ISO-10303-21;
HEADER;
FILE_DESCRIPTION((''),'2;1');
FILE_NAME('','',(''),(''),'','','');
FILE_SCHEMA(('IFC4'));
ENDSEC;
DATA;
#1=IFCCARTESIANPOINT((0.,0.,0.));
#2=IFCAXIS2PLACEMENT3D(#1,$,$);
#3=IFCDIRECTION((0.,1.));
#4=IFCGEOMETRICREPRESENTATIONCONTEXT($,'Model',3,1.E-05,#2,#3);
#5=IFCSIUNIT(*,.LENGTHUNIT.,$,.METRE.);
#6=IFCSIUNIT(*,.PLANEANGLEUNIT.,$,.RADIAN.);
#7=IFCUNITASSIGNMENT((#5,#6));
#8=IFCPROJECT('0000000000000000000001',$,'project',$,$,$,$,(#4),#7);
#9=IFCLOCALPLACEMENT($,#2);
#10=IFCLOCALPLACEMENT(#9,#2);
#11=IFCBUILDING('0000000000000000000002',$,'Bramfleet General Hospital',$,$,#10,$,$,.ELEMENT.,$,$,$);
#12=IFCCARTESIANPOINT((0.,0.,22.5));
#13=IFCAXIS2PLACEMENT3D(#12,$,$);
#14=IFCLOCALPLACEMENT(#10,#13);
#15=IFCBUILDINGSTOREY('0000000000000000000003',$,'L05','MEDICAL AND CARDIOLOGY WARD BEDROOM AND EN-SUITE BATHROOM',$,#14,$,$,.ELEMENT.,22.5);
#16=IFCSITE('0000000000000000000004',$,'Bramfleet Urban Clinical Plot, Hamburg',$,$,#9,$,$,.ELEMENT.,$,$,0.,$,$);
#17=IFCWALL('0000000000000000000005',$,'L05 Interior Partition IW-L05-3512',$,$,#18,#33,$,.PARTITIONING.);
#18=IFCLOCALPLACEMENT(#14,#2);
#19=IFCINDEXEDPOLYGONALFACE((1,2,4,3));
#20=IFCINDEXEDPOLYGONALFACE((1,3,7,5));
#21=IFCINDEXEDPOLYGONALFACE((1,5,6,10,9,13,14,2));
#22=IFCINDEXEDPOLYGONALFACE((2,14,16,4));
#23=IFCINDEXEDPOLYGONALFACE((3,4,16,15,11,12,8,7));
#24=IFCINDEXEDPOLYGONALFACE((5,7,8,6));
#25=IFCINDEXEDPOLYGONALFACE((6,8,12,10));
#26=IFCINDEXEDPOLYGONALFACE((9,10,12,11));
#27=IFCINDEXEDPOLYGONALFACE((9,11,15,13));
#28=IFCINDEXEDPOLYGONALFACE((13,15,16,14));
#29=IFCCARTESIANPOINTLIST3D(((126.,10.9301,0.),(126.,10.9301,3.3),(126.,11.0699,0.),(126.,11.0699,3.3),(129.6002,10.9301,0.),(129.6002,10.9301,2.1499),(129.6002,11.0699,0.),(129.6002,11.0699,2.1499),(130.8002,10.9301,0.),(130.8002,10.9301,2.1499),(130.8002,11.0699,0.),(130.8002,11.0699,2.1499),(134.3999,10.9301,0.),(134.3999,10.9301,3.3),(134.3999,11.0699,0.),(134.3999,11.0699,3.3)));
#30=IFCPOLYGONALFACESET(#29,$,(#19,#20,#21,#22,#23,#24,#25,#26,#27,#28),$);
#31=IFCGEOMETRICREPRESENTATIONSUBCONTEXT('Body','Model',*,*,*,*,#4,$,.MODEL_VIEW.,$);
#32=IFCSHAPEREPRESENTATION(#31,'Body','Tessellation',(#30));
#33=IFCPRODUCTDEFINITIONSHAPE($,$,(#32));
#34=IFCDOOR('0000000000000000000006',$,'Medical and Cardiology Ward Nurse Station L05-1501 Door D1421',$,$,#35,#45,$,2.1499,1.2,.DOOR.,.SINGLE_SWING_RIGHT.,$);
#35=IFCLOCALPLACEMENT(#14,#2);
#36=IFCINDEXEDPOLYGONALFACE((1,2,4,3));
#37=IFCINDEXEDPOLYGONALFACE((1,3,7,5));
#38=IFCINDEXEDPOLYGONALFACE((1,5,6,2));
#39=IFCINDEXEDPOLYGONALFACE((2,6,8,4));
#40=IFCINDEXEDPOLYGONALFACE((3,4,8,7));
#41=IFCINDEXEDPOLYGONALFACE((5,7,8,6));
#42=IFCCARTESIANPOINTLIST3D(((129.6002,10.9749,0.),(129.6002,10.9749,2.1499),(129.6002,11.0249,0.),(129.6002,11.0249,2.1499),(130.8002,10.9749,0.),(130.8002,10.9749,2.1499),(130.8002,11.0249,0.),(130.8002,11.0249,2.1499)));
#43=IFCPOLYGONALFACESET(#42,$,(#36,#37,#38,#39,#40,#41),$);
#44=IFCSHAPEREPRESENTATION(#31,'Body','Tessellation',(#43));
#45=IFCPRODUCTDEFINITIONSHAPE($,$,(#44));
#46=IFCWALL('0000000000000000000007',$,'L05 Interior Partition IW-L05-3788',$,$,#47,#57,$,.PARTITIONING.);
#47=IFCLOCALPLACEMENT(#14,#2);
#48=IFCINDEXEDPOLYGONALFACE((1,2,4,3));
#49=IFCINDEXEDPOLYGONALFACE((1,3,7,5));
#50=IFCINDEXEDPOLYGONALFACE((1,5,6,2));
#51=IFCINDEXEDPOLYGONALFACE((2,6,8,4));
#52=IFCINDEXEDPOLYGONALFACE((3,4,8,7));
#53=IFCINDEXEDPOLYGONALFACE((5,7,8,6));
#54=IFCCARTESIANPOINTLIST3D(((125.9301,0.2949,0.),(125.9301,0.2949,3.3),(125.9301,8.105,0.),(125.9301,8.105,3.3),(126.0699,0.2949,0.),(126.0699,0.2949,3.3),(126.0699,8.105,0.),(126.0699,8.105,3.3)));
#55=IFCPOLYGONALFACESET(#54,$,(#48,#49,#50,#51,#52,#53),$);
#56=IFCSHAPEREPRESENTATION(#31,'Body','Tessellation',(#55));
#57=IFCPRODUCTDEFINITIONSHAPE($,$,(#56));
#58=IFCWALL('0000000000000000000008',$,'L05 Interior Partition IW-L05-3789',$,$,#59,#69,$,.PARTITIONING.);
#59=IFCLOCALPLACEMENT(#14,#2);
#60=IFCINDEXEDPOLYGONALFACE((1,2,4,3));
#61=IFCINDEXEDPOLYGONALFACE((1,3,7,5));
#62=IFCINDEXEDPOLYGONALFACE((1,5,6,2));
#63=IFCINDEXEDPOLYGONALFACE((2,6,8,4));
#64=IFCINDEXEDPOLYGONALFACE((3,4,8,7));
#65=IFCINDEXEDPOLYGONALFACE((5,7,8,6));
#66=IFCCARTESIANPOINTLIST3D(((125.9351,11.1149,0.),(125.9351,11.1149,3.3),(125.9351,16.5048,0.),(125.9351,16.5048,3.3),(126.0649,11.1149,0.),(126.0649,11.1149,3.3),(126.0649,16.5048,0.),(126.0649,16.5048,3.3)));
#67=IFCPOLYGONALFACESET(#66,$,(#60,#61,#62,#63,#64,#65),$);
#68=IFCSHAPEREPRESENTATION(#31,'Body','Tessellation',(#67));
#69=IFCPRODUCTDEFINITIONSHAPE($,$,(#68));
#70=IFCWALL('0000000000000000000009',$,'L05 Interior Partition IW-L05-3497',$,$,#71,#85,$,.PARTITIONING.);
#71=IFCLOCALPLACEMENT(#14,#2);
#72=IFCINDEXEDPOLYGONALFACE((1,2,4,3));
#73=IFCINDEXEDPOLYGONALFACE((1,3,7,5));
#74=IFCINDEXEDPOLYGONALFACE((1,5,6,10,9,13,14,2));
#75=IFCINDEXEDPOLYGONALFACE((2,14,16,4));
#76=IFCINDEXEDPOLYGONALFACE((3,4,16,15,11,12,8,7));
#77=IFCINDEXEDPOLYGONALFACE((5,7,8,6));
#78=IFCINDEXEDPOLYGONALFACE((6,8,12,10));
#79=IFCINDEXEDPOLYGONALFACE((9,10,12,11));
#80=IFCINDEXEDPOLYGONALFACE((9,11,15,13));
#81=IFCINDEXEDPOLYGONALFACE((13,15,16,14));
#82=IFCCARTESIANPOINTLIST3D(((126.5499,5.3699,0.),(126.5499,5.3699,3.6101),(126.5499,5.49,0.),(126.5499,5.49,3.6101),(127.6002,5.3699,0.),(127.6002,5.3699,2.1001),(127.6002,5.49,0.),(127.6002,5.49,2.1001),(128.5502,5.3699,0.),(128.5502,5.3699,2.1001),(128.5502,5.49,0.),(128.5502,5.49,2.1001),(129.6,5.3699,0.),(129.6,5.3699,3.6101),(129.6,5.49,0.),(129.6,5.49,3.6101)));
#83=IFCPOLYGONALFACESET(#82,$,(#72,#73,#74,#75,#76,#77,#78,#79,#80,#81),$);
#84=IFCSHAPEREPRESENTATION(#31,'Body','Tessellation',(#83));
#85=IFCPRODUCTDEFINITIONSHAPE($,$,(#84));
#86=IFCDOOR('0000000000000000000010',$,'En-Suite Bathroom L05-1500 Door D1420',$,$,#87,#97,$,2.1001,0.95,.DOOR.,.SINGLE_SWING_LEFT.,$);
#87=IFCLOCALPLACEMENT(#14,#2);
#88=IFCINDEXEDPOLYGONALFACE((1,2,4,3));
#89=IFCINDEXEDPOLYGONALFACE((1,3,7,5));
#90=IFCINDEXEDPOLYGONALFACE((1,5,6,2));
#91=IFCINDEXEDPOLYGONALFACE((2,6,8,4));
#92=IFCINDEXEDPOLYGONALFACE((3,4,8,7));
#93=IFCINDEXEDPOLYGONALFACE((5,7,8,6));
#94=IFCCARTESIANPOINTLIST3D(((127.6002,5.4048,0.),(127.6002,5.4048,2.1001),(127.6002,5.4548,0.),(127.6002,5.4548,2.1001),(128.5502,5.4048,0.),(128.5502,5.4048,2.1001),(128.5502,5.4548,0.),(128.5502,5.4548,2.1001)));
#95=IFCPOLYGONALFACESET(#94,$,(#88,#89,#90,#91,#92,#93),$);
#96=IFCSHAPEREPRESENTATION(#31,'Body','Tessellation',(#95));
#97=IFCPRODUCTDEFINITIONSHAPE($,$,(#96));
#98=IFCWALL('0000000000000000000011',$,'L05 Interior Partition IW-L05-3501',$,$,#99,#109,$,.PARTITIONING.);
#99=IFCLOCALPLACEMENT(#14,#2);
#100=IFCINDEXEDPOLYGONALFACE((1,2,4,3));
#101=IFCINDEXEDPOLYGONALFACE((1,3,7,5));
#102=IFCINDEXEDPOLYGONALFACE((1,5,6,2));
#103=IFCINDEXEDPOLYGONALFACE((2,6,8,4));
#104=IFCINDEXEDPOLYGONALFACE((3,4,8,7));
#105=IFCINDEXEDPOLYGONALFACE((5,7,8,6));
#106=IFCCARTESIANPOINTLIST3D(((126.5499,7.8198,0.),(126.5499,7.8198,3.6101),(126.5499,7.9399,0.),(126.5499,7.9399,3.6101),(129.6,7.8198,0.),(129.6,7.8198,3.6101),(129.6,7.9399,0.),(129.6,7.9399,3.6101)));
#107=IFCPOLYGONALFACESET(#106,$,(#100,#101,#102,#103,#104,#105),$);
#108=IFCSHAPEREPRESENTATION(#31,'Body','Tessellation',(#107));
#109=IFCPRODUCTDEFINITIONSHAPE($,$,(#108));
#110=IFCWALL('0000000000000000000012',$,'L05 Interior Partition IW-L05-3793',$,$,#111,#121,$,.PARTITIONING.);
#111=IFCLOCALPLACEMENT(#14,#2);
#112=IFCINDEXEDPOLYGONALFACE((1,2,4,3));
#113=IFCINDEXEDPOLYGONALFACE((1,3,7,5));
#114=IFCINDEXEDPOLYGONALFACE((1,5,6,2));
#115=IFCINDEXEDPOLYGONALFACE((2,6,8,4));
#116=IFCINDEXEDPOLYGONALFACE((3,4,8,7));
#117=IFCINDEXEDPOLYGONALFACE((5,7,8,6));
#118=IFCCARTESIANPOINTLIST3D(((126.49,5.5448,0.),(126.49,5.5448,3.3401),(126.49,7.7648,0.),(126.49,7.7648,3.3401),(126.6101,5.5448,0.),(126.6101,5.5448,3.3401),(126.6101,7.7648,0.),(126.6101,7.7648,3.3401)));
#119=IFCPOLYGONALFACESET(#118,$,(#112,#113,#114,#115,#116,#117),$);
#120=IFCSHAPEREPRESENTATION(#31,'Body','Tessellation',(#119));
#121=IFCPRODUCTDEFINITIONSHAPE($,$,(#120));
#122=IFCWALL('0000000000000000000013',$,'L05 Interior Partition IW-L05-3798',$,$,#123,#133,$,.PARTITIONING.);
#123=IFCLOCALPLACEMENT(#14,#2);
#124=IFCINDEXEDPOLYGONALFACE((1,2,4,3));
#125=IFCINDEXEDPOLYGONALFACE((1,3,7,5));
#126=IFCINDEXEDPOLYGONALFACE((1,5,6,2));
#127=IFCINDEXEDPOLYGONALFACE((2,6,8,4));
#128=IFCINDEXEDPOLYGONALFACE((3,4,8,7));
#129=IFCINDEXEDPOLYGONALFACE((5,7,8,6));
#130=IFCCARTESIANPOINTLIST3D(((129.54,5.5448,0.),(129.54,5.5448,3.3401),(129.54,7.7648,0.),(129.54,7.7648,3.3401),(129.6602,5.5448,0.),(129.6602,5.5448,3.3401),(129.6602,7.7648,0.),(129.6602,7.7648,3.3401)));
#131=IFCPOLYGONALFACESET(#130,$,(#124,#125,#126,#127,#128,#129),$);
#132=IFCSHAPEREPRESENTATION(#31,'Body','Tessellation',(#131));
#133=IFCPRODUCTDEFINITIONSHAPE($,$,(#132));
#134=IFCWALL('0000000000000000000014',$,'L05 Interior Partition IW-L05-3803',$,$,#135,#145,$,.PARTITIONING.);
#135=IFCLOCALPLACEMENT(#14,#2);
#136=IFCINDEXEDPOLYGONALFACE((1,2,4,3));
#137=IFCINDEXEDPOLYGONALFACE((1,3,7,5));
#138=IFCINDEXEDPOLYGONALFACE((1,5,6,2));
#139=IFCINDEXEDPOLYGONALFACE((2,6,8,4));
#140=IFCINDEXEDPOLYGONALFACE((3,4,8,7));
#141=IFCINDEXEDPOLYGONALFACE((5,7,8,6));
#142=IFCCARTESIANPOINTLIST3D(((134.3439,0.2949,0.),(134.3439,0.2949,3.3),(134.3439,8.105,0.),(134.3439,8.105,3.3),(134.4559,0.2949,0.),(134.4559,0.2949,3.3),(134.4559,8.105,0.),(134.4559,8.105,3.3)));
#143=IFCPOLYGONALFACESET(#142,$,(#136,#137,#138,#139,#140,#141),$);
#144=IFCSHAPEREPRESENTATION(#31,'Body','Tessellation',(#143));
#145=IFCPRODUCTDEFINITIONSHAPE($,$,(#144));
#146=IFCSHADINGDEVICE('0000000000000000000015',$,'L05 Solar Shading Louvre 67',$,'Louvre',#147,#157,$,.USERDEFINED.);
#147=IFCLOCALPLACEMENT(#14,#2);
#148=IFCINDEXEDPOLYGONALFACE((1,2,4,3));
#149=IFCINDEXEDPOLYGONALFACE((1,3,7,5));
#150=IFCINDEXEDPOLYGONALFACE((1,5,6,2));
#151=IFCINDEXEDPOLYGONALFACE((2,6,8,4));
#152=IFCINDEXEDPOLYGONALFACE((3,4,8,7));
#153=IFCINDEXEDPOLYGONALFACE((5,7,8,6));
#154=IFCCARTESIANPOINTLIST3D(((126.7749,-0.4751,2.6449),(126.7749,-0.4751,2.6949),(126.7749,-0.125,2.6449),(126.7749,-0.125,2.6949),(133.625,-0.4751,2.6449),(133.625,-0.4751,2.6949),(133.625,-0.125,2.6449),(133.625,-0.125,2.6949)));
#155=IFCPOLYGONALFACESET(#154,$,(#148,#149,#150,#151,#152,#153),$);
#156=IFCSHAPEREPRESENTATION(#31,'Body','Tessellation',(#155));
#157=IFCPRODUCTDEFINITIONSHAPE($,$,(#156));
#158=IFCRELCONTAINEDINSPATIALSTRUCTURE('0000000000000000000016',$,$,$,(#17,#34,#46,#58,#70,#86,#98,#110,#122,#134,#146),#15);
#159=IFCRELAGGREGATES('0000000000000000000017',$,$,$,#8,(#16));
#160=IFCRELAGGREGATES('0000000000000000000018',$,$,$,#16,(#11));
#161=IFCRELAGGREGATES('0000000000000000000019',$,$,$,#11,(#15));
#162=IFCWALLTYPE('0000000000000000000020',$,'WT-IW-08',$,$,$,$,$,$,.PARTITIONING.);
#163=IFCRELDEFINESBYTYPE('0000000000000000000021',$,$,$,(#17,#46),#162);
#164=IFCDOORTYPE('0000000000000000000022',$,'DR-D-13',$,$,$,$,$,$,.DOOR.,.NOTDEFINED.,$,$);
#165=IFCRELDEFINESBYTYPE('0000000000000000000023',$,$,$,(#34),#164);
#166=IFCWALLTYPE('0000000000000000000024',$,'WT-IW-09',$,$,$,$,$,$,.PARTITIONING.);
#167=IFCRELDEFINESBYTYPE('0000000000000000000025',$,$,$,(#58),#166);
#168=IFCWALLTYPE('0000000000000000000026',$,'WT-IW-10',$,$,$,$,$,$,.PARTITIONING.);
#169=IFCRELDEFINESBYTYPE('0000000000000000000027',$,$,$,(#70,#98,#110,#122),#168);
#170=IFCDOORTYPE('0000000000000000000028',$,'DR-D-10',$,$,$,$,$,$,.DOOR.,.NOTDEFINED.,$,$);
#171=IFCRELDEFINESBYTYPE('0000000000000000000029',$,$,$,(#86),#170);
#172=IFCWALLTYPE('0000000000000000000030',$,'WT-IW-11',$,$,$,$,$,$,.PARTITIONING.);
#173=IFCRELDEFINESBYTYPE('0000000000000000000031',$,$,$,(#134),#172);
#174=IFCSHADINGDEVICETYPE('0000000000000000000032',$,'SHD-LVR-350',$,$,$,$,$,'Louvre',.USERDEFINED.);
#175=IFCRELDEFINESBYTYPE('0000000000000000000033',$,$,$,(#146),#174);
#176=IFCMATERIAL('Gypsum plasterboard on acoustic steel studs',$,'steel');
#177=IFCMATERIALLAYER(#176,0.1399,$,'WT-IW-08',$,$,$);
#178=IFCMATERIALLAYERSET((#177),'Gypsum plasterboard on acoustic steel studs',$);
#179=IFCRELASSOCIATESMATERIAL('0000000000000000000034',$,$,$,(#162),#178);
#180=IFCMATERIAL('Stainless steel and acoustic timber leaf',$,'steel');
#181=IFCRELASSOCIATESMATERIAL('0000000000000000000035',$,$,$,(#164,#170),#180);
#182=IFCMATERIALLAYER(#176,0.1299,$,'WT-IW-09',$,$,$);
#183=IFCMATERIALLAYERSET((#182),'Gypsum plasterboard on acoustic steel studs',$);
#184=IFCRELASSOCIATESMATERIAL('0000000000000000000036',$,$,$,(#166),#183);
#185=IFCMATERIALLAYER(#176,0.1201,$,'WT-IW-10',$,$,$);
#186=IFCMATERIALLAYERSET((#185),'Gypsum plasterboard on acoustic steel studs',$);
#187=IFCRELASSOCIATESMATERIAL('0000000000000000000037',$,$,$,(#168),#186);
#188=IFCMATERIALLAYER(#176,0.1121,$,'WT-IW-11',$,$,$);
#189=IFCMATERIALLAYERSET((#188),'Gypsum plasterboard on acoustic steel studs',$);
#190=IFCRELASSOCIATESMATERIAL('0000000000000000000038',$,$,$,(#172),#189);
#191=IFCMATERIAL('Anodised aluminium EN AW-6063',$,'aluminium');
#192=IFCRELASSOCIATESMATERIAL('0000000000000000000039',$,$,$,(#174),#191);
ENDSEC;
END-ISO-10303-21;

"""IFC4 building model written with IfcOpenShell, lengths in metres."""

from ifc_helpers import new_model, si_unit, direction, frame, frame_2d, origin, origin_2d, place, context, subcontext, project, spatial, rectangle, extrude, material, layer, layer_set, material_profile, profile_set, type_object, element, fill, save


model = new_model("IFC4")

# Units and contexts
model_context = context("Model", 3, precision=1e-05, world=origin(), true_north=direction((0.0, 1.0)))
body_context = subcontext(model_context, "Body", "Model", "MODEL_VIEW")
ifc_project = project(units=[si_unit("LENGTHUNIT", "METRE"), si_unit("PLANEANGLEUNIT", "RADIAN")], contexts=[model_context])

# Site, building, storey
site_placement = place(None, origin())
site = spatial("IfcSite", under=ifc_project, at=site_placement, Name="Bramfleet Urban Clinical Plot, Hamburg", CompositionType="ELEMENT", RefElevation=0.0)
building_placement = place(site_placement, origin())
building = spatial("IfcBuilding", under=site, at=building_placement, Name="Bramfleet General Hospital", CompositionType="ELEMENT")
storey_placement = place(building_placement, frame((0.0, 0.0, 22.5)))
storey = spatial("IfcBuildingStorey", under=building, at=storey_placement, Name="L05", Description="MEDICAL AND CARDIOLOGY WARD BEDROOM AND EN-SUITE BATHROOM", CompositionType="ELEMENT", Elevation=22.5)

# Wall, opening, door
ifc_material_1 = material(Name="Stainless steel and acoustic timber leaf", Category="steel")
ifc_material_2 = material(Name="Gypsum plasterboard on acoustic steel studs", Category="steel")
ifc_layer_1 = layer(ifc_material_2, 0.1399, Name="WT-IW-08")
ifc_layer_set_1 = layer_set([ifc_layer_1], Name="Gypsum plasterboard on acoustic steel studs")
wall_type_1 = type_object("IfcWallType", Name="WT-IW-08", PredefinedType="PARTITIONING", material=ifc_layer_set_1)
wall_1_placement = place(storey_placement, frame((126.0, 11.0, 0.0), z_axis=(0.0, 0.0, 1.0), x_axis=(1.0, 0.0, 0.0)))
wall_1 = element("IfcWall", 1, at=wall_1_placement, inside=storey, type_object=wall_type_1, Name="L05 Interior Partition IW-L05-3512", PredefinedType="PARTITIONING", context=body_context, shape_type="SweptSolid", body=[
    extrude(rectangle(XDim=8.3999, YDim=0.1399, at=frame_2d((4.2, 0.0))), origin(), (0.0, 0.0, 1.0), 3.3),
])
opening_1_placement = place(wall_1_placement, frame((3.6001, 0.0, 0.0)))
opening_1 = element("IfcOpeningElement", 2, at=opening_1_placement, cuts=wall_1, PredefinedType="OPENING", context=body_context, shape_type="SweptSolid", body=[
    extrude(rectangle(XDim=1.2, YDim=2.1499, at=frame_2d((0.6001, 1.075))), frame((0.0, 0.0798, 0.0), z_axis=(0.0, -1.0, 0.0), x_axis=(1.0, 0.0, 0.0)), (0.0, 0.0, 1.0), 0.1599),
])
door_type_1 = type_object("IfcDoorType", Name="DR-D-13", OperationType="NOTDEFINED", PredefinedType="DOOR", material=ifc_material_1)
door_1_placement = place(opening_1_placement, origin())
door_1 = element("IfcDoor", 3, at=door_1_placement, inside=storey, type_object=door_type_1, Name="Medical and Cardiology Ward Nurse Station L05-1501 Door D1421", OperationType="SINGLE_SWING_RIGHT", OverallHeight=2.1499, OverallWidth=1.2, PredefinedType="DOOR", context=body_context, shape_type="SweptSolid", body=[
    extrude(rectangle(XDim=1.2, YDim=2.1499, at=frame_2d((0.6001, 1.075))), frame((0.0, 0.0249, 0.0), z_axis=(0.0, -1.0, 0.0), x_axis=(1.0, 0.0, 0.0)), (0.0, 0.0, 1.0), 0.05),
])
fill(opening_1, door_1)

# Walls
wall_2_placement = place(storey_placement, frame((126.0, 0.2949, 0.0), z_axis=(0.0, 0.0, 1.0), x_axis=(0.0, 1.0, 0.0)))
element("IfcWall", 4, at=wall_2_placement, inside=storey, type_object=wall_type_1, Name="L05 Interior Partition IW-L05-3788", PredefinedType="PARTITIONING", context=body_context, shape_type="SweptSolid", body=[
    extrude(rectangle(XDim=7.8101, YDim=0.1399, at=frame_2d((3.905, 0.0))), origin(), (0.0, 0.0, 1.0), 3.3),
])
ifc_layer_2 = layer(ifc_material_2, 0.1299, Name="WT-IW-09")
ifc_layer_set_2 = layer_set([ifc_layer_2], Name="Gypsum plasterboard on acoustic steel studs")
wall_type_2 = type_object("IfcWallType", Name="WT-IW-09", PredefinedType="PARTITIONING", material=ifc_layer_set_2)
wall_3_placement = place(storey_placement, frame((126.0, 11.115, 0.0), z_axis=(0.0, 0.0, 1.0), x_axis=(0.0, 1.0, 0.0)))
element("IfcWall", 5, at=wall_3_placement, inside=storey, type_object=wall_type_2, Name="L05 Interior Partition IW-L05-3789", PredefinedType="PARTITIONING", context=body_context, shape_type="SweptSolid", body=[
    extrude(rectangle(XDim=5.3899, YDim=0.1299, at=frame_2d((2.6948, 0.0))), origin(), (0.0, 0.0, 1.0), 3.3),
])

# Wall, opening, door
ifc_layer_3 = layer(ifc_material_2, 0.1201, Name="WT-IW-10")
ifc_layer_set_3 = layer_set([ifc_layer_3], Name="Gypsum plasterboard on acoustic steel studs")
wall_type_3 = type_object("IfcWallType", Name="WT-IW-10", PredefinedType="PARTITIONING", material=ifc_layer_set_3)
wall_4_placement = place(storey_placement, frame((126.55, 5.4299, 0.0), z_axis=(0.0, 0.0, 1.0), x_axis=(1.0, 0.0, 0.0)))
wall_4 = element("IfcWall", 6, at=wall_4_placement, inside=storey, type_object=wall_type_3, Name="L05 Interior Partition IW-L05-3497", PredefinedType="PARTITIONING", context=body_context, shape_type="SweptSolid", body=[
    extrude(rectangle(XDim=3.05, YDim=0.1201, at=frame_2d((1.5249, 0.0))), origin(), (0.0, 0.0, 1.0), 3.6101),
])
opening_2_placement = place(wall_4_placement, frame((1.05, 0.0, 0.0)))
opening_2 = element("IfcOpeningElement", 7, at=opening_2_placement, cuts=wall_4, PredefinedType="OPENING", context=body_context, shape_type="SweptSolid", body=[
    extrude(rectangle(XDim=0.95, YDim=2.1001, at=frame_2d((0.4751, 1.05))), frame((0.0, 0.0701, 0.0), z_axis=(0.0, -1.0, 0.0), x_axis=(1.0, 0.0, 0.0)), (0.0, 0.0, 1.0), 0.1401),
])
door_type_2 = type_object("IfcDoorType", Name="DR-D-10", OperationType="NOTDEFINED", PredefinedType="DOOR", material=ifc_material_1)
door_2_placement = place(opening_2_placement, origin())
door_2 = element("IfcDoor", 8, at=door_2_placement, inside=storey, type_object=door_type_2, Name="En-Suite Bathroom L05-1500 Door D1420", OperationType="SINGLE_SWING_LEFT", OverallHeight=2.1001, OverallWidth=0.95, PredefinedType="DOOR", context=body_context, shape_type="SweptSolid", body=[
    extrude(rectangle(XDim=0.95, YDim=2.1001, at=frame_2d((0.4751, 1.05))), frame((0.0, 0.0249, 0.0), z_axis=(0.0, -1.0, 0.0), x_axis=(1.0, 0.0, 0.0)), (0.0, 0.0, 1.0), 0.05),
])
fill(opening_2, door_2)

# Walls
wall_5_placement = place(storey_placement, frame((126.55, 7.8799, 0.0), z_axis=(0.0, 0.0, 1.0), x_axis=(1.0, 0.0, 0.0)))
element("IfcWall", 9, at=wall_5_placement, inside=storey, type_object=wall_type_3, Name="L05 Interior Partition IW-L05-3501", PredefinedType="PARTITIONING", context=body_context, shape_type="SweptSolid", body=[
    extrude(rectangle(XDim=3.05, YDim=0.1201, at=frame_2d((1.5249, 0.0))), origin(), (0.0, 0.0, 1.0), 3.6101),
])
for number, where, z_axis, x_axis, name in (
    (10, (126.55, 5.5449, 0.0), (0.0, 0.0, 1.0), (0.0, 1.0, 0.0), "L05 Interior Partition IW-L05-3793"),
    (11, (129.6001, 5.5449, 0.0), (0.0, 0.0, 1.0), (0.0, 1.0, 0.0), "L05 Interior Partition IW-L05-3798"),
):
    element("IfcWall", number, at=place(storey_placement, frame(where, z_axis=z_axis, x_axis=x_axis)), inside=storey, type_object=wall_type_3, Name=name, PredefinedType="PARTITIONING", context=body_context, shape_type="SweptSolid", body=[
        extrude(rectangle(XDim=2.22, YDim=0.1201, at=frame_2d((1.1099, 0.0))), origin(), (0.0, 0.0, 1.0), 3.3401),
    ])
ifc_layer_4 = layer(ifc_material_2, 0.1121, Name="WT-IW-11")
ifc_layer_set_4 = layer_set([ifc_layer_4], Name="Gypsum plasterboard on acoustic steel studs")
wall_type_4 = type_object("IfcWallType", Name="WT-IW-11", PredefinedType="PARTITIONING", material=ifc_layer_set_4)
wall_6_placement = place(storey_placement, frame((134.3999, 0.2949, 0.0), z_axis=(0.0, 0.0, 1.0), x_axis=(0.0, 1.0, 0.0)))
element("IfcWall", 12, at=wall_6_placement, inside=storey, type_object=wall_type_4, Name="L05 Interior Partition IW-L05-3803", PredefinedType="PARTITIONING", context=body_context, shape_type="SweptSolid", body=[
    extrude(rectangle(XDim=7.8101, YDim=0.1121, at=frame_2d((3.905, 0.0))), origin(), (0.0, 0.0, 1.0), 3.3),
])

# Shading device
ifc_material_3 = material(Name="Anodised aluminium EN AW-6063", Category="aluminium")
ifc_material_profile_1 = material_profile(ifc_material_3, rectangle(XDim=0.05, YDim=0.3501, at=origin_2d()), Name="ALU LOUVRE 350x50")
ifc_profile_set_1 = profile_set([ifc_material_profile_1], Name="Anodised aluminium EN AW-6063")
shading_device_type = type_object("IfcShadingDeviceType", Name="SHD-LVR-350", ElementType="Louvre", PredefinedType="USERDEFINED", material=ifc_profile_set_1)
shading_device_placement = place(storey_placement, frame((133.625, -0.3, 2.6699), z_axis=(-1.0, 0.0, 0.0), x_axis=(0.0, 0.0, 1.0)))
element("IfcShadingDevice", 13, at=shading_device_placement, inside=storey, type_object=shading_device_type, Name="L05 Solar Shading Louvre 67", ObjectType="Louvre", PredefinedType="USERDEFINED", context=body_context, shape_type="SweptSolid", body=[
    extrude(rectangle(XDim=0.05, YDim=0.3501, at=origin_2d()), origin(), (0.0, 0.0, 1.0), 6.8501),
])

save(model, "model.ifc")
